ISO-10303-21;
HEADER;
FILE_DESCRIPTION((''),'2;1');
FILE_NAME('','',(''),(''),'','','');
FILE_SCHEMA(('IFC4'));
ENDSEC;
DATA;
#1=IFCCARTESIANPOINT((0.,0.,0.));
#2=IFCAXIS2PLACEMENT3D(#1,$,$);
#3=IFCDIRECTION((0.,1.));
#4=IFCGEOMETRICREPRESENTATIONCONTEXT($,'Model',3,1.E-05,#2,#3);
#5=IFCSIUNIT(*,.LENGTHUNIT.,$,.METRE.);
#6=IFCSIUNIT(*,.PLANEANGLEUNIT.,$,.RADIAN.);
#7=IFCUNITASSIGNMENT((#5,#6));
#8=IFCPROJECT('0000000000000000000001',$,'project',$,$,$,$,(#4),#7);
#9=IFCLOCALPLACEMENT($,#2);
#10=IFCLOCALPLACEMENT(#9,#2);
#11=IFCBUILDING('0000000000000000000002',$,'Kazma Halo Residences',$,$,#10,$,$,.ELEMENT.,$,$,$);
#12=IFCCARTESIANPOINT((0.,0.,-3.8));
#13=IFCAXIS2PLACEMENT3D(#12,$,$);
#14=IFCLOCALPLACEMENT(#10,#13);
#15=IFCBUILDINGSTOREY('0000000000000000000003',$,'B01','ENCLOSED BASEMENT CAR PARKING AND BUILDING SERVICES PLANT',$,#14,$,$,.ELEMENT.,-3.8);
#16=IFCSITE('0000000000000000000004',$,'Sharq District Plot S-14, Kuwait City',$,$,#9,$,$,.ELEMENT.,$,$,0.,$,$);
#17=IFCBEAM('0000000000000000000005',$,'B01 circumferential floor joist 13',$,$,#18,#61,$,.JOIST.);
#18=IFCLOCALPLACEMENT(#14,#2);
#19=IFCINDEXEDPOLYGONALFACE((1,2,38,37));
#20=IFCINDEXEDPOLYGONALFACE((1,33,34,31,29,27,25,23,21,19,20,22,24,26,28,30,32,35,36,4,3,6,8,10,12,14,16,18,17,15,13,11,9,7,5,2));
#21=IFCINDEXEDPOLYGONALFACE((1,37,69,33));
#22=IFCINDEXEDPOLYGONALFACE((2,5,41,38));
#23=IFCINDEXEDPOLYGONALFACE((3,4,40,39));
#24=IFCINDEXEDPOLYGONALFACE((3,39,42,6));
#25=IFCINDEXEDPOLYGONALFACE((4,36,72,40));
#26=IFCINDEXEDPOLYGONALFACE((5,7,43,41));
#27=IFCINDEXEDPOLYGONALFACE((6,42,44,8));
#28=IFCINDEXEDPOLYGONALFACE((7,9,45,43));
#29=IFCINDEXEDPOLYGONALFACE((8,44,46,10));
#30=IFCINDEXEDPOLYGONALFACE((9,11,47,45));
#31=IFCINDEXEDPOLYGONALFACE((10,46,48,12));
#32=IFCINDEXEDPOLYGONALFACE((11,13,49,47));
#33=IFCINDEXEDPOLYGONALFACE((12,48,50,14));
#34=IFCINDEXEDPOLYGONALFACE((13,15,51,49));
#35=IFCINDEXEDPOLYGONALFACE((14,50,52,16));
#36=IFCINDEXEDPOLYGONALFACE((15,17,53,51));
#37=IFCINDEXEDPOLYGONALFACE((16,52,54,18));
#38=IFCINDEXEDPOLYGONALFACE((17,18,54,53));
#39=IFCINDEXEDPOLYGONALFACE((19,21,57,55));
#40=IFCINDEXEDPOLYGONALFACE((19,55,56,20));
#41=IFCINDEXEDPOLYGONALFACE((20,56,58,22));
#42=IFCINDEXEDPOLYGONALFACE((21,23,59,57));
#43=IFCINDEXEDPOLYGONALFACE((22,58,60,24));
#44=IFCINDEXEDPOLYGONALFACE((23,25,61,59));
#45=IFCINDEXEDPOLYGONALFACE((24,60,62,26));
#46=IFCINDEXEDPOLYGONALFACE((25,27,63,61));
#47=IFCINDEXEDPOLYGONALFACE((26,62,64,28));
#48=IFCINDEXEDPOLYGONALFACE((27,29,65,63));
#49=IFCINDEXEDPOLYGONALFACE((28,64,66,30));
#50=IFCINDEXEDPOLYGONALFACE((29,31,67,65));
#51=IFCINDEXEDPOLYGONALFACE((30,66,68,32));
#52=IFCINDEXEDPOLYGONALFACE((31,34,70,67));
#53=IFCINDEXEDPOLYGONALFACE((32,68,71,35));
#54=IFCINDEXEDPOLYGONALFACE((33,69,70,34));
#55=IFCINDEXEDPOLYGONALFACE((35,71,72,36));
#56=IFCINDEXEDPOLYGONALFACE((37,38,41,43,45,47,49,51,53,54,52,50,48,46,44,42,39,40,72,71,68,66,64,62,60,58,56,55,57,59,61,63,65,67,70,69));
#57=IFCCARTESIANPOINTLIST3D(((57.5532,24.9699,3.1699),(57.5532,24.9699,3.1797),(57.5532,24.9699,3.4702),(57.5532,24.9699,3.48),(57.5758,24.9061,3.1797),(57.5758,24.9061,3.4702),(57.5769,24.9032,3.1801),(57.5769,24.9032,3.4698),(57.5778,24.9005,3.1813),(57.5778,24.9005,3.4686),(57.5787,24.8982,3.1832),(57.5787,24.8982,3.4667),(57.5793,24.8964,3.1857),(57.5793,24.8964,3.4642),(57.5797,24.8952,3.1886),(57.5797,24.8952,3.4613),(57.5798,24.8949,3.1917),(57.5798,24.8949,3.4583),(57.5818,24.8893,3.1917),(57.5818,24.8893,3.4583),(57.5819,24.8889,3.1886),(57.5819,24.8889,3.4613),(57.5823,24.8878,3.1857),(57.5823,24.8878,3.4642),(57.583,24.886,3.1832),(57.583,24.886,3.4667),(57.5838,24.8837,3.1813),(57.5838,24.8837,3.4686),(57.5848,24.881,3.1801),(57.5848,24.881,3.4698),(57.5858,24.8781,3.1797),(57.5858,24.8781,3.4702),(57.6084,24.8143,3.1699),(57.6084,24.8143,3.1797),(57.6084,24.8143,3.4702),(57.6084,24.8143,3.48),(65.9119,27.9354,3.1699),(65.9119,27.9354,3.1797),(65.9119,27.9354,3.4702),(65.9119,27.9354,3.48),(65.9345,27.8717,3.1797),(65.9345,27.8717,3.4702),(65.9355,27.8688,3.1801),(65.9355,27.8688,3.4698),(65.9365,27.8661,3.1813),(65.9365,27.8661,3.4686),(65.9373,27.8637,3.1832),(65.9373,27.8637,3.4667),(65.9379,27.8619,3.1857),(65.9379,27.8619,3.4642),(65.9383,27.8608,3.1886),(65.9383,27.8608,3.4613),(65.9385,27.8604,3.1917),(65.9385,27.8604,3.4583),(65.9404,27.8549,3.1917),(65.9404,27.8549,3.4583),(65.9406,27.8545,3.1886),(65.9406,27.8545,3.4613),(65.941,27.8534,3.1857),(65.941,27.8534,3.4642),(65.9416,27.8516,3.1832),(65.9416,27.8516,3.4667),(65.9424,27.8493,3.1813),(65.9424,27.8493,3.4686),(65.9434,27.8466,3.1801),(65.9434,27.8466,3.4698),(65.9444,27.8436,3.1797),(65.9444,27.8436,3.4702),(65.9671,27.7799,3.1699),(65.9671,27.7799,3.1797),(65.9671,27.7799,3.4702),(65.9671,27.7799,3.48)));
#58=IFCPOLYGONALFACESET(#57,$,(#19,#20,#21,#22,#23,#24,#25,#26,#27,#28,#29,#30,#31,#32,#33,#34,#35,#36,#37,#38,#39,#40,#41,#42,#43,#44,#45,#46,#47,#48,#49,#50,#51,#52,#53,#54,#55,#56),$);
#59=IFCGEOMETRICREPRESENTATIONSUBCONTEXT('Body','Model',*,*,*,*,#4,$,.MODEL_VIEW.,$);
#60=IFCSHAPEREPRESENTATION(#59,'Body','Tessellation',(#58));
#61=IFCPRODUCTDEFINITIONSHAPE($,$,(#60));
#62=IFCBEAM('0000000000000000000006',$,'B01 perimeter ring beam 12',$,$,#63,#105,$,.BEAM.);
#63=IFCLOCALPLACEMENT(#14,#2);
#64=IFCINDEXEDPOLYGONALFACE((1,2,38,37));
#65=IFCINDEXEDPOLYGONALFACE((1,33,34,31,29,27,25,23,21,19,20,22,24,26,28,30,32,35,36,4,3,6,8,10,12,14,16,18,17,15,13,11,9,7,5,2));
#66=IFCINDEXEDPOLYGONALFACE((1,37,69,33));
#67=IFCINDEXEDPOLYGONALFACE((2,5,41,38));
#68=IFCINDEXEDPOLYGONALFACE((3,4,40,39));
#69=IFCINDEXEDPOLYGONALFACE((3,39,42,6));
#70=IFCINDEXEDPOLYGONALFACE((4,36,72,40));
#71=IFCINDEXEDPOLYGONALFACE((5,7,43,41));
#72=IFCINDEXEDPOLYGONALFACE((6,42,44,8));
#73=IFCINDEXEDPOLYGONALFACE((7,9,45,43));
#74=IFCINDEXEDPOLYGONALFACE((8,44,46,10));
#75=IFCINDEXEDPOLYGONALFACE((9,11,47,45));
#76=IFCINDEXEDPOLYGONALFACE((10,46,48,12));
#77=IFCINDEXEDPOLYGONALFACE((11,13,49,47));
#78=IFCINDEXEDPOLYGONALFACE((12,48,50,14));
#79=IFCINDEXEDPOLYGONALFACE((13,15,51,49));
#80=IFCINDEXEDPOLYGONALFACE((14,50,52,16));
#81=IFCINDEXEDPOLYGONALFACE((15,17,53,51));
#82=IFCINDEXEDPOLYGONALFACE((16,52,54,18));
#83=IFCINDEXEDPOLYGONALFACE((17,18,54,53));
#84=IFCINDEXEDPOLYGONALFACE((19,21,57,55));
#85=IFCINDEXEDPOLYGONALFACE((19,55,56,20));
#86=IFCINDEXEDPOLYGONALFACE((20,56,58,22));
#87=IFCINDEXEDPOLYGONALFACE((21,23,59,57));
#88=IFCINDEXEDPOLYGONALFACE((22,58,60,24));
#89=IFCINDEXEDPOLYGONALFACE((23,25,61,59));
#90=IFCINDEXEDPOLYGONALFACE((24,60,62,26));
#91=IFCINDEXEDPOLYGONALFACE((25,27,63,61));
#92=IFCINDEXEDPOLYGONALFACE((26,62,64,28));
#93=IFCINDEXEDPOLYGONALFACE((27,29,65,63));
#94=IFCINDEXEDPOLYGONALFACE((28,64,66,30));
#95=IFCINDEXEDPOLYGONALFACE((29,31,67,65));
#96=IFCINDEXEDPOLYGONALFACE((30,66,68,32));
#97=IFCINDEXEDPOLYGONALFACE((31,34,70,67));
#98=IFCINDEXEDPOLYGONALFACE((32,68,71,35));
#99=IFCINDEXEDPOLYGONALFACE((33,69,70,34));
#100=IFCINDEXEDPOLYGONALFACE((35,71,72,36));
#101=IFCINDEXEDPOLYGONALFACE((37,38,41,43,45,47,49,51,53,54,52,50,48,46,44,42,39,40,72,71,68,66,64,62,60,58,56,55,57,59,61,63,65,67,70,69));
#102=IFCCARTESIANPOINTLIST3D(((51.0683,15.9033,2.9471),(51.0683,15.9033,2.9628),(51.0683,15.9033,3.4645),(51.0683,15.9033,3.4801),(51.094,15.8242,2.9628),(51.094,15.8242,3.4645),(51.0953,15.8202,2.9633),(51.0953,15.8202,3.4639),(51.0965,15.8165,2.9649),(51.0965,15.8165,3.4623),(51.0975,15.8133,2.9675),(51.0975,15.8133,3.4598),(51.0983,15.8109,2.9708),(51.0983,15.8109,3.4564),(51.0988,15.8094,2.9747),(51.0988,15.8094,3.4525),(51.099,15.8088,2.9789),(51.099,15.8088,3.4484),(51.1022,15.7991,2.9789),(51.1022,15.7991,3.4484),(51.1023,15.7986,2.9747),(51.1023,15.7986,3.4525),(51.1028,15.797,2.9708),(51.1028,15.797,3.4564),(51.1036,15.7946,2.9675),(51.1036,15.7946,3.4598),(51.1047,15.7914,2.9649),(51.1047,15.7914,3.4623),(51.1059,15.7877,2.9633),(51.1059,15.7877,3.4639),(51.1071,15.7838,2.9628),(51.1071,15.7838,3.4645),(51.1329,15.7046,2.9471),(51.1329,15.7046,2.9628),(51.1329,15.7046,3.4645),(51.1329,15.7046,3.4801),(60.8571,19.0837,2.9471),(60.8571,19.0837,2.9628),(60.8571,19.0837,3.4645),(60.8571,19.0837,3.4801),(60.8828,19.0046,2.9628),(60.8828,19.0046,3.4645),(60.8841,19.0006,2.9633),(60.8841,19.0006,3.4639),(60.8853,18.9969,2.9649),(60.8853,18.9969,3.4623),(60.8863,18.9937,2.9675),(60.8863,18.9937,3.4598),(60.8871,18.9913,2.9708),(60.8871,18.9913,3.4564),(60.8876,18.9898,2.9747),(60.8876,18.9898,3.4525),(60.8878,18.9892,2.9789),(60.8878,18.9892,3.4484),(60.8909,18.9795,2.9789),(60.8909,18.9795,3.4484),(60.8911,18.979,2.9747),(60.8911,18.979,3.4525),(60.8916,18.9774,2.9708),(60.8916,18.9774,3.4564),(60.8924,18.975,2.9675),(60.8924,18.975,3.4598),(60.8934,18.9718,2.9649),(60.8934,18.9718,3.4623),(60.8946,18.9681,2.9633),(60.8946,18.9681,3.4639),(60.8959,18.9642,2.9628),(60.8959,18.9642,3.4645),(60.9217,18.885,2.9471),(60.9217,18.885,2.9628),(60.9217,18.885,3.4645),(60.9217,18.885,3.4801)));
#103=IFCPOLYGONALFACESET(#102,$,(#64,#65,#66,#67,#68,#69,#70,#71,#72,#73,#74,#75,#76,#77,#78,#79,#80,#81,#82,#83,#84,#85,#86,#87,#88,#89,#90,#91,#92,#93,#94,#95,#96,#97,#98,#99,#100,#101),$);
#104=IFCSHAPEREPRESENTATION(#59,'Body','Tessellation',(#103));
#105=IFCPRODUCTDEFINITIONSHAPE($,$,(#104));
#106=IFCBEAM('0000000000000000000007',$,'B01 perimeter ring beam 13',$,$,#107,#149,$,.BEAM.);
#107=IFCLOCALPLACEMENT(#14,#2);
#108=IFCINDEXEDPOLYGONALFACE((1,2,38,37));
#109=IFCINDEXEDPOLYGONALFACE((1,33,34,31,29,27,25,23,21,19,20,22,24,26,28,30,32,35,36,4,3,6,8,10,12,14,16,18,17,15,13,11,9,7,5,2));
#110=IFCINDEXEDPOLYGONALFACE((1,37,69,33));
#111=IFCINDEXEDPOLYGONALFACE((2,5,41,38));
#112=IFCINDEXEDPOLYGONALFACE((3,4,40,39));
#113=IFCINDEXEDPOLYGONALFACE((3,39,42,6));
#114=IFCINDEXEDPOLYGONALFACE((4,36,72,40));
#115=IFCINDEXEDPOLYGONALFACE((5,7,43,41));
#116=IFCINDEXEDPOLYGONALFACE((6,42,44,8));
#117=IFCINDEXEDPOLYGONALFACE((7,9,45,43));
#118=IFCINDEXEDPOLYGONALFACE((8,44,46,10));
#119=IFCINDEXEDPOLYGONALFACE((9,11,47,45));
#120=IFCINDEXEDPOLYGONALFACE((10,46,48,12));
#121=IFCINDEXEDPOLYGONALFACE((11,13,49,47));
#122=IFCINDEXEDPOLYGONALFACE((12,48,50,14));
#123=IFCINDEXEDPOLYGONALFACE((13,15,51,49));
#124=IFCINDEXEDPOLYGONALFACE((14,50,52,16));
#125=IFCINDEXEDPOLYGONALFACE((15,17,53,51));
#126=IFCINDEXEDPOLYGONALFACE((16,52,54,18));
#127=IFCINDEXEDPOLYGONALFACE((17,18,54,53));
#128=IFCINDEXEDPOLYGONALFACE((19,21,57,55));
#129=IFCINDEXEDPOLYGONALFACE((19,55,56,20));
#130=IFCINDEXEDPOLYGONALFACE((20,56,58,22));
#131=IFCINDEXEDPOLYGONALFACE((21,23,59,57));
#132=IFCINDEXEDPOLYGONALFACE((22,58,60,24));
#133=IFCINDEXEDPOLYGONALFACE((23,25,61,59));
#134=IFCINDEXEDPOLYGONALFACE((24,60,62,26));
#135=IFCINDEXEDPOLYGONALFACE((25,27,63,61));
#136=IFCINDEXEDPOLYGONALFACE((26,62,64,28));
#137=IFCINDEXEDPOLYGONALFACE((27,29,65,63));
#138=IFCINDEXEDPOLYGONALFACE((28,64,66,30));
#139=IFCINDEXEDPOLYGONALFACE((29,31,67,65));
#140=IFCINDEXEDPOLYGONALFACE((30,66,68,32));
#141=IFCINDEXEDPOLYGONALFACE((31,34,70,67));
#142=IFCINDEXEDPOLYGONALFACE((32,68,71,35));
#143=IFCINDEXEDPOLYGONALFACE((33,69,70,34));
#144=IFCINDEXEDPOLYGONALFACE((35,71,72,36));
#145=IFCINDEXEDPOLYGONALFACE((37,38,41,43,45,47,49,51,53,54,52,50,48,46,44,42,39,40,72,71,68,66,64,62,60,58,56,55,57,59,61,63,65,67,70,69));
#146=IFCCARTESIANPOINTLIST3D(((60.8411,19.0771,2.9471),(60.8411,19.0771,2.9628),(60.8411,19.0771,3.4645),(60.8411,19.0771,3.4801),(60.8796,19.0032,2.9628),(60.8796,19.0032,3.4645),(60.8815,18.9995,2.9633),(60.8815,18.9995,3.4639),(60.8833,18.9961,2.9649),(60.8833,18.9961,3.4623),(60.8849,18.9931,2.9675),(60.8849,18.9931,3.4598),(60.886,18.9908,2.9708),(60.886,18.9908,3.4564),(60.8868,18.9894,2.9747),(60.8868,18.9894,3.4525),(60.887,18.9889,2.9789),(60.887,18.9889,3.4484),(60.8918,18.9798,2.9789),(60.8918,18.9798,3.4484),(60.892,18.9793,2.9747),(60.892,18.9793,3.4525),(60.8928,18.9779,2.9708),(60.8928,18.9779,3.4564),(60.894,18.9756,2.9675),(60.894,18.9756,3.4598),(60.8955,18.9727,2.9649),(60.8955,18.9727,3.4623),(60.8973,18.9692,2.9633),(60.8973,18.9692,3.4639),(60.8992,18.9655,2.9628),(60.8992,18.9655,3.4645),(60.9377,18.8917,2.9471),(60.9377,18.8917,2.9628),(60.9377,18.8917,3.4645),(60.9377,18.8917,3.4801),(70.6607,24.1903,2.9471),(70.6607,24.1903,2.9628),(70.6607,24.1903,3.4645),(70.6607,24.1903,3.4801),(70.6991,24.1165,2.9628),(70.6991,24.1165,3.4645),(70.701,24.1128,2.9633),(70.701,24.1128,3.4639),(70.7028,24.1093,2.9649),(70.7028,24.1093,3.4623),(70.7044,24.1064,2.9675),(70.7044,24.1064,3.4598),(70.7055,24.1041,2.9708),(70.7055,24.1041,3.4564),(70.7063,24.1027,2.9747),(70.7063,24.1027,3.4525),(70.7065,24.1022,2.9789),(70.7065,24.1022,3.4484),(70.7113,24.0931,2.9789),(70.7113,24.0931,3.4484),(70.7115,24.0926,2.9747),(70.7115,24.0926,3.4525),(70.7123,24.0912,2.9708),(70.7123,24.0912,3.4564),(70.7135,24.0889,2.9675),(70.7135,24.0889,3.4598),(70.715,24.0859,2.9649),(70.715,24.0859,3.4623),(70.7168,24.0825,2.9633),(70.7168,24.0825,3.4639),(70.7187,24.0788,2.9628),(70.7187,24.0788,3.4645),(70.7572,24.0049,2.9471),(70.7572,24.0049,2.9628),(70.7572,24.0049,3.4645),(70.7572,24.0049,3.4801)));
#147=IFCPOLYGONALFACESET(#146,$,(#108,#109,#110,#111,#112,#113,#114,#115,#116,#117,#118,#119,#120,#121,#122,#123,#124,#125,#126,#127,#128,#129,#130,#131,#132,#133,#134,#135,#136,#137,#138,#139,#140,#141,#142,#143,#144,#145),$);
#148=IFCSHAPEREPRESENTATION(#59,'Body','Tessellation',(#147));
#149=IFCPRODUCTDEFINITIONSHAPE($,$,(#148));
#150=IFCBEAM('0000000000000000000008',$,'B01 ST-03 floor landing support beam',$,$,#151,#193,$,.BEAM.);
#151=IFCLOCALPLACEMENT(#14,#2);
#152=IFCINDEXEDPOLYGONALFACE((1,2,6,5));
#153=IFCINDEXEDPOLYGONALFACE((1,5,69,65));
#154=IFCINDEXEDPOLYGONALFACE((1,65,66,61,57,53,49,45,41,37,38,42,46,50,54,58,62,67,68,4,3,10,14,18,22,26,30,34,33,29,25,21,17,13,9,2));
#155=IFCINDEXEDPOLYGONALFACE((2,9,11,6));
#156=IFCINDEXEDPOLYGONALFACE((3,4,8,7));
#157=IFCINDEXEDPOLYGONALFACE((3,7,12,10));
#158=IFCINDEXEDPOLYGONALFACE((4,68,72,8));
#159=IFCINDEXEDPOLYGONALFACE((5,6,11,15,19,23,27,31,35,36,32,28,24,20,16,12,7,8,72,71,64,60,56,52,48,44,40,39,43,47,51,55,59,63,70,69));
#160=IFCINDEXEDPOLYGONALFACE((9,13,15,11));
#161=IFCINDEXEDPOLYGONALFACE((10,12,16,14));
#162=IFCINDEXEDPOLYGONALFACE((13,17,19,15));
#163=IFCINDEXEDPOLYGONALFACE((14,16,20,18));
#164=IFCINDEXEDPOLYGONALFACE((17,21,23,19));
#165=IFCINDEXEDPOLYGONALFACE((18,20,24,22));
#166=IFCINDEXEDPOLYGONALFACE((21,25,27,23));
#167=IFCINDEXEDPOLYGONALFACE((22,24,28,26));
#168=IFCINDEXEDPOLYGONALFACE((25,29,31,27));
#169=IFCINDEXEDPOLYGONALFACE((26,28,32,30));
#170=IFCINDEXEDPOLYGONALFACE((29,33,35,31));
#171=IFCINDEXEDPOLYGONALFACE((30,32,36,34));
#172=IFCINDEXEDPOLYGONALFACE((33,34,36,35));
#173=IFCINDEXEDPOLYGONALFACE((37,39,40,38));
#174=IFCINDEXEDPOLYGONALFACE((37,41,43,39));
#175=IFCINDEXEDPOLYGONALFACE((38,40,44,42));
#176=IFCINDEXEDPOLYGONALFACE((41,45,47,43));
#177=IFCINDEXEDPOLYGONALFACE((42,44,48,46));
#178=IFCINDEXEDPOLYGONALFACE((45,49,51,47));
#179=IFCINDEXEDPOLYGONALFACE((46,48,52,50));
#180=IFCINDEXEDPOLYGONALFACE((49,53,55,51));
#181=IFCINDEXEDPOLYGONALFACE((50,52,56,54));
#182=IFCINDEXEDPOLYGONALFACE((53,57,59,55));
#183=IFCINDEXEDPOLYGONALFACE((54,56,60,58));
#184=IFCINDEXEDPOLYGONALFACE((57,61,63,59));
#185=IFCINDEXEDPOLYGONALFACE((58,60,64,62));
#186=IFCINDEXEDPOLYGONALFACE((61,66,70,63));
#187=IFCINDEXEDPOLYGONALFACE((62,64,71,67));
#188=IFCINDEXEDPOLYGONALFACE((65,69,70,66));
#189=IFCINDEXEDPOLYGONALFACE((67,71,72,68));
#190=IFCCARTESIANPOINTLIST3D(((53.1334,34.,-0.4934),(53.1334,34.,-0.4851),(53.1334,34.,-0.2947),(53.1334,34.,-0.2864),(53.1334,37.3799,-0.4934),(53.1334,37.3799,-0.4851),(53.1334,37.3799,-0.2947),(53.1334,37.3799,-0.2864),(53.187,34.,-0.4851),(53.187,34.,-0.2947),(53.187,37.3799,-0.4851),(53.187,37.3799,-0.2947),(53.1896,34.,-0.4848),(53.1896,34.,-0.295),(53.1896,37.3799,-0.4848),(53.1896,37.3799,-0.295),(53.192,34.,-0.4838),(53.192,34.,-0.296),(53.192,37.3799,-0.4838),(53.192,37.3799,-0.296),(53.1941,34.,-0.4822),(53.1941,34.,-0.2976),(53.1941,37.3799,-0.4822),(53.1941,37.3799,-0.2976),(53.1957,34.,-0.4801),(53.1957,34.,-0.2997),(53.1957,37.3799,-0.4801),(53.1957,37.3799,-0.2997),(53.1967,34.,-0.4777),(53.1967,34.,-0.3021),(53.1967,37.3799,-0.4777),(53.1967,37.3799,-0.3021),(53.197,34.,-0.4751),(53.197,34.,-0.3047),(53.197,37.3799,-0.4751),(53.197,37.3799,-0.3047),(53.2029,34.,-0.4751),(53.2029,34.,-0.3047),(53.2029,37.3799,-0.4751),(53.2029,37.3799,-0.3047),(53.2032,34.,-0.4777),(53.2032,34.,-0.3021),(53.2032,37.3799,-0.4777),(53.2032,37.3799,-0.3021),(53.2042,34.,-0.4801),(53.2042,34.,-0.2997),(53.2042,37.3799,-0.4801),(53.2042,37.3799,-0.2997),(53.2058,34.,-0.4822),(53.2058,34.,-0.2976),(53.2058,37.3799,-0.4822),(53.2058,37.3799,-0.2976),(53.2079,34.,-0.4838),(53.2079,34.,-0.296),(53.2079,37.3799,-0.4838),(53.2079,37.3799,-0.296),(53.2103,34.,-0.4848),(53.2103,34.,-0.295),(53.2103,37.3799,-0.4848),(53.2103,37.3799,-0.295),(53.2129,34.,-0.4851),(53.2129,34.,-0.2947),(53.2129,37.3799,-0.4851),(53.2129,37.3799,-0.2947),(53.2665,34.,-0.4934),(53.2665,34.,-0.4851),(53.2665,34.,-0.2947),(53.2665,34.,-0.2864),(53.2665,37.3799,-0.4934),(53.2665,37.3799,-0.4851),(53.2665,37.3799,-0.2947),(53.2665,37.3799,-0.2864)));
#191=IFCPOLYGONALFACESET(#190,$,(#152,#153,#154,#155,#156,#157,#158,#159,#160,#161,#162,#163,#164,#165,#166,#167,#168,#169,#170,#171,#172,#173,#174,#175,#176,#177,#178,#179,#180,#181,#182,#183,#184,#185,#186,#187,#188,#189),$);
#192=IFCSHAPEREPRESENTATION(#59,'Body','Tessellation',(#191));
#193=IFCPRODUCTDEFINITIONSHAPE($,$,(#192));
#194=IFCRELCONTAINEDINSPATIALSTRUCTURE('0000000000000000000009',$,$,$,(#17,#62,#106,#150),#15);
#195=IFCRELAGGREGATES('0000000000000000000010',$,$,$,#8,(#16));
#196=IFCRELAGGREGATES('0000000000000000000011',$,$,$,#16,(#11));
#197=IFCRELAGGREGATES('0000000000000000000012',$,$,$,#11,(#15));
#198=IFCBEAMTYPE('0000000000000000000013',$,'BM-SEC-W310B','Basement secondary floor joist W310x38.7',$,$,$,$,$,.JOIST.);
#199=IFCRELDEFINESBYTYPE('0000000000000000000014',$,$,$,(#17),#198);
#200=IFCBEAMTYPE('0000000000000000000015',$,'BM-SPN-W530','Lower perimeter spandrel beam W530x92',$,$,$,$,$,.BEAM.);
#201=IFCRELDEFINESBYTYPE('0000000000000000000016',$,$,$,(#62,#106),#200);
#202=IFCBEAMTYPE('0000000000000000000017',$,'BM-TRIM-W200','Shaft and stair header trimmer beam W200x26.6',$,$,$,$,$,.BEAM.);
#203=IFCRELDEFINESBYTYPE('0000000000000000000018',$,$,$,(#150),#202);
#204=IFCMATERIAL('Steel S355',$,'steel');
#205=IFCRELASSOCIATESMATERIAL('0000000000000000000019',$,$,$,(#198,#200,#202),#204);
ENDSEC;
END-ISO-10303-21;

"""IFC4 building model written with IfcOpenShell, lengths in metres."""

from ifc_helpers import new_model, si_unit, direction, frame, origin, origin_2d, place, context, subcontext, project, spatial, i_section, extrude, material, material_profile, profile_set, type_object, element, save


model = new_model("IFC4")

# Units and contexts
model_context = context("Model", 3, precision=1e-05, world=origin(), true_north=direction((0.0, 1.0)))
body_context = subcontext(model_context, "Body", "Model", "MODEL_VIEW")
ifc_project = project(units=[si_unit("LENGTHUNIT", "METRE"), si_unit("PLANEANGLEUNIT", "RADIAN")], contexts=[model_context])

# Site, building, storey
site_placement = place(None, origin())
site = spatial("IfcSite", under=ifc_project, at=site_placement, Name="Sharq District Plot S-14, Kuwait City", CompositionType="ELEMENT", RefElevation=0.0)
building_placement = place(site_placement, origin())
building = spatial("IfcBuilding", under=site, at=building_placement, Name="Kazma Halo Residences", CompositionType="ELEMENT")
storey_placement = place(building_placement, frame((0.0, 0.0, -3.8)))
storey = spatial("IfcBuildingStorey", under=building, at=storey_placement, Name="B01", Description="ENCLOSED BASEMENT CAR PARKING AND BUILDING SERVICES PLANT", CompositionType="ELEMENT", Elevation=-3.8)

# Shared definitions
ifc_material_1 = material(Name="Steel S355", Category="steel")

# Beams
ifc_material_profile_1 = material_profile(ifc_material_1, i_section(OverallWidth=0.165, OverallDepth=0.3101, WebThickness=0.0059, FlangeThickness=0.0098, FilletRadius=0.012, at=origin_2d()), Name="W310x38.7")
ifc_profile_set_1 = profile_set([ifc_material_profile_1], Name="Steel S355")
beam_type_1 = type_object("IfcBeamType", Name="BM-SEC-W310B", Description="Basement secondary floor joist W310x38.7", PredefinedType="JOIST", material=ifc_profile_set_1)
beam_1_placement = place(storey_placement, frame((57.5808, 24.8921, 3.325), z_axis=(0.942442, 0.33437, 0.0), x_axis=(-0.33437, 0.942442, 0.0)))
element("IfcBeam", 1, at=beam_1_placement, inside=storey, type_object=beam_type_1, Name="B01 circumferential floor joist 13", PredefinedType="JOIST", context=body_context, shape_type="SweptSolid", body=[
    extrude(i_section(OverallWidth=0.165, OverallDepth=0.3101, WebThickness=0.0059, FlangeThickness=0.0098, FilletRadius=0.012, at=origin_2d()), origin(), (0.0, 0.0, 1.0), 8.8691),
])
ifc_material_profile_2 = material_profile(ifc_material_1, i_section(OverallWidth=0.209, OverallDepth=0.533, WebThickness=0.0103, FlangeThickness=0.0156, FilletRadius=0.0161, at=origin_2d()), Name="W530x92")
ifc_profile_set_2 = profile_set([ifc_material_profile_2], Name="Steel S355")
beam_type_2 = type_object("IfcBeamType", Name="BM-SPN-W530", Description="Lower perimeter spandrel beam W530x92", PredefinedType="BEAM", material=ifc_profile_set_2)
beam_2_placement = place(storey_placement, frame((51.1006, 15.804, 3.2136), z_axis=(0.951061, 0.309003, 0.0), x_axis=(-0.309003, 0.951061, 0.0)))
element("IfcBeam", 2, at=beam_2_placement, inside=storey, type_object=beam_type_2, Name="B01 perimeter ring beam 12", PredefinedType="BEAM", context=body_context, shape_type="SweptSolid", body=[
    extrude(i_section(OverallWidth=0.209, OverallDepth=0.533, WebThickness=0.0103, FlangeThickness=0.0156, FilletRadius=0.0161, at=origin_2d()), origin(), (0.0, 0.0, 1.0), 10.2925),
])
beam_3_placement = place(storey_placement, frame((60.8894, 18.9844, 3.2136), z_axis=(0.886954, 0.461857, 0.0), x_axis=(-0.461857, 0.886954, 0.0)))
element("IfcBeam", 3, at=beam_3_placement, inside=storey, type_object=beam_type_2, Name="B01 perimeter ring beam 13", PredefinedType="BEAM", context=body_context, shape_type="SweptSolid", body=[
    extrude(i_section(OverallWidth=0.209, OverallDepth=0.533, WebThickness=0.0103, FlangeThickness=0.0156, FilletRadius=0.0161, at=origin_2d()), origin(), (0.0, 0.0, 1.0), 11.071),
])
ifc_material_profile_3 = material_profile(ifc_material_1, i_section(OverallWidth=0.1331, OverallDepth=0.207, WebThickness=0.0059, FlangeThickness=0.0083, FilletRadius=0.01, at=origin_2d()), Name="W200x26.6")
ifc_profile_set_3 = profile_set([ifc_material_profile_3], Name="Steel S355")
beam_type_3 = type_object("IfcBeamType", Name="BM-TRIM-W200", Description="Shaft and stair header trimmer beam W200x26.6", PredefinedType="BEAM", material=ifc_profile_set_3)
beam_4_placement = place(storey_placement, frame((53.2, 34.0, -0.3899), z_axis=(0.0, 1.0, 0.0), x_axis=(-1.0, 0.0, 0.0)))
element("IfcBeam", 4, at=beam_4_placement, inside=storey, type_object=beam_type_3, Name="B01 ST-03 floor landing support beam", PredefinedType="BEAM", context=body_context, shape_type="SweptSolid", body=[
    extrude(i_section(OverallWidth=0.1331, OverallDepth=0.207, WebThickness=0.0059, FlangeThickness=0.0083, FilletRadius=0.01, at=origin_2d()), origin(), (0.0, 0.0, 1.0), 3.3799),
])

save(model, "model.ifc")
